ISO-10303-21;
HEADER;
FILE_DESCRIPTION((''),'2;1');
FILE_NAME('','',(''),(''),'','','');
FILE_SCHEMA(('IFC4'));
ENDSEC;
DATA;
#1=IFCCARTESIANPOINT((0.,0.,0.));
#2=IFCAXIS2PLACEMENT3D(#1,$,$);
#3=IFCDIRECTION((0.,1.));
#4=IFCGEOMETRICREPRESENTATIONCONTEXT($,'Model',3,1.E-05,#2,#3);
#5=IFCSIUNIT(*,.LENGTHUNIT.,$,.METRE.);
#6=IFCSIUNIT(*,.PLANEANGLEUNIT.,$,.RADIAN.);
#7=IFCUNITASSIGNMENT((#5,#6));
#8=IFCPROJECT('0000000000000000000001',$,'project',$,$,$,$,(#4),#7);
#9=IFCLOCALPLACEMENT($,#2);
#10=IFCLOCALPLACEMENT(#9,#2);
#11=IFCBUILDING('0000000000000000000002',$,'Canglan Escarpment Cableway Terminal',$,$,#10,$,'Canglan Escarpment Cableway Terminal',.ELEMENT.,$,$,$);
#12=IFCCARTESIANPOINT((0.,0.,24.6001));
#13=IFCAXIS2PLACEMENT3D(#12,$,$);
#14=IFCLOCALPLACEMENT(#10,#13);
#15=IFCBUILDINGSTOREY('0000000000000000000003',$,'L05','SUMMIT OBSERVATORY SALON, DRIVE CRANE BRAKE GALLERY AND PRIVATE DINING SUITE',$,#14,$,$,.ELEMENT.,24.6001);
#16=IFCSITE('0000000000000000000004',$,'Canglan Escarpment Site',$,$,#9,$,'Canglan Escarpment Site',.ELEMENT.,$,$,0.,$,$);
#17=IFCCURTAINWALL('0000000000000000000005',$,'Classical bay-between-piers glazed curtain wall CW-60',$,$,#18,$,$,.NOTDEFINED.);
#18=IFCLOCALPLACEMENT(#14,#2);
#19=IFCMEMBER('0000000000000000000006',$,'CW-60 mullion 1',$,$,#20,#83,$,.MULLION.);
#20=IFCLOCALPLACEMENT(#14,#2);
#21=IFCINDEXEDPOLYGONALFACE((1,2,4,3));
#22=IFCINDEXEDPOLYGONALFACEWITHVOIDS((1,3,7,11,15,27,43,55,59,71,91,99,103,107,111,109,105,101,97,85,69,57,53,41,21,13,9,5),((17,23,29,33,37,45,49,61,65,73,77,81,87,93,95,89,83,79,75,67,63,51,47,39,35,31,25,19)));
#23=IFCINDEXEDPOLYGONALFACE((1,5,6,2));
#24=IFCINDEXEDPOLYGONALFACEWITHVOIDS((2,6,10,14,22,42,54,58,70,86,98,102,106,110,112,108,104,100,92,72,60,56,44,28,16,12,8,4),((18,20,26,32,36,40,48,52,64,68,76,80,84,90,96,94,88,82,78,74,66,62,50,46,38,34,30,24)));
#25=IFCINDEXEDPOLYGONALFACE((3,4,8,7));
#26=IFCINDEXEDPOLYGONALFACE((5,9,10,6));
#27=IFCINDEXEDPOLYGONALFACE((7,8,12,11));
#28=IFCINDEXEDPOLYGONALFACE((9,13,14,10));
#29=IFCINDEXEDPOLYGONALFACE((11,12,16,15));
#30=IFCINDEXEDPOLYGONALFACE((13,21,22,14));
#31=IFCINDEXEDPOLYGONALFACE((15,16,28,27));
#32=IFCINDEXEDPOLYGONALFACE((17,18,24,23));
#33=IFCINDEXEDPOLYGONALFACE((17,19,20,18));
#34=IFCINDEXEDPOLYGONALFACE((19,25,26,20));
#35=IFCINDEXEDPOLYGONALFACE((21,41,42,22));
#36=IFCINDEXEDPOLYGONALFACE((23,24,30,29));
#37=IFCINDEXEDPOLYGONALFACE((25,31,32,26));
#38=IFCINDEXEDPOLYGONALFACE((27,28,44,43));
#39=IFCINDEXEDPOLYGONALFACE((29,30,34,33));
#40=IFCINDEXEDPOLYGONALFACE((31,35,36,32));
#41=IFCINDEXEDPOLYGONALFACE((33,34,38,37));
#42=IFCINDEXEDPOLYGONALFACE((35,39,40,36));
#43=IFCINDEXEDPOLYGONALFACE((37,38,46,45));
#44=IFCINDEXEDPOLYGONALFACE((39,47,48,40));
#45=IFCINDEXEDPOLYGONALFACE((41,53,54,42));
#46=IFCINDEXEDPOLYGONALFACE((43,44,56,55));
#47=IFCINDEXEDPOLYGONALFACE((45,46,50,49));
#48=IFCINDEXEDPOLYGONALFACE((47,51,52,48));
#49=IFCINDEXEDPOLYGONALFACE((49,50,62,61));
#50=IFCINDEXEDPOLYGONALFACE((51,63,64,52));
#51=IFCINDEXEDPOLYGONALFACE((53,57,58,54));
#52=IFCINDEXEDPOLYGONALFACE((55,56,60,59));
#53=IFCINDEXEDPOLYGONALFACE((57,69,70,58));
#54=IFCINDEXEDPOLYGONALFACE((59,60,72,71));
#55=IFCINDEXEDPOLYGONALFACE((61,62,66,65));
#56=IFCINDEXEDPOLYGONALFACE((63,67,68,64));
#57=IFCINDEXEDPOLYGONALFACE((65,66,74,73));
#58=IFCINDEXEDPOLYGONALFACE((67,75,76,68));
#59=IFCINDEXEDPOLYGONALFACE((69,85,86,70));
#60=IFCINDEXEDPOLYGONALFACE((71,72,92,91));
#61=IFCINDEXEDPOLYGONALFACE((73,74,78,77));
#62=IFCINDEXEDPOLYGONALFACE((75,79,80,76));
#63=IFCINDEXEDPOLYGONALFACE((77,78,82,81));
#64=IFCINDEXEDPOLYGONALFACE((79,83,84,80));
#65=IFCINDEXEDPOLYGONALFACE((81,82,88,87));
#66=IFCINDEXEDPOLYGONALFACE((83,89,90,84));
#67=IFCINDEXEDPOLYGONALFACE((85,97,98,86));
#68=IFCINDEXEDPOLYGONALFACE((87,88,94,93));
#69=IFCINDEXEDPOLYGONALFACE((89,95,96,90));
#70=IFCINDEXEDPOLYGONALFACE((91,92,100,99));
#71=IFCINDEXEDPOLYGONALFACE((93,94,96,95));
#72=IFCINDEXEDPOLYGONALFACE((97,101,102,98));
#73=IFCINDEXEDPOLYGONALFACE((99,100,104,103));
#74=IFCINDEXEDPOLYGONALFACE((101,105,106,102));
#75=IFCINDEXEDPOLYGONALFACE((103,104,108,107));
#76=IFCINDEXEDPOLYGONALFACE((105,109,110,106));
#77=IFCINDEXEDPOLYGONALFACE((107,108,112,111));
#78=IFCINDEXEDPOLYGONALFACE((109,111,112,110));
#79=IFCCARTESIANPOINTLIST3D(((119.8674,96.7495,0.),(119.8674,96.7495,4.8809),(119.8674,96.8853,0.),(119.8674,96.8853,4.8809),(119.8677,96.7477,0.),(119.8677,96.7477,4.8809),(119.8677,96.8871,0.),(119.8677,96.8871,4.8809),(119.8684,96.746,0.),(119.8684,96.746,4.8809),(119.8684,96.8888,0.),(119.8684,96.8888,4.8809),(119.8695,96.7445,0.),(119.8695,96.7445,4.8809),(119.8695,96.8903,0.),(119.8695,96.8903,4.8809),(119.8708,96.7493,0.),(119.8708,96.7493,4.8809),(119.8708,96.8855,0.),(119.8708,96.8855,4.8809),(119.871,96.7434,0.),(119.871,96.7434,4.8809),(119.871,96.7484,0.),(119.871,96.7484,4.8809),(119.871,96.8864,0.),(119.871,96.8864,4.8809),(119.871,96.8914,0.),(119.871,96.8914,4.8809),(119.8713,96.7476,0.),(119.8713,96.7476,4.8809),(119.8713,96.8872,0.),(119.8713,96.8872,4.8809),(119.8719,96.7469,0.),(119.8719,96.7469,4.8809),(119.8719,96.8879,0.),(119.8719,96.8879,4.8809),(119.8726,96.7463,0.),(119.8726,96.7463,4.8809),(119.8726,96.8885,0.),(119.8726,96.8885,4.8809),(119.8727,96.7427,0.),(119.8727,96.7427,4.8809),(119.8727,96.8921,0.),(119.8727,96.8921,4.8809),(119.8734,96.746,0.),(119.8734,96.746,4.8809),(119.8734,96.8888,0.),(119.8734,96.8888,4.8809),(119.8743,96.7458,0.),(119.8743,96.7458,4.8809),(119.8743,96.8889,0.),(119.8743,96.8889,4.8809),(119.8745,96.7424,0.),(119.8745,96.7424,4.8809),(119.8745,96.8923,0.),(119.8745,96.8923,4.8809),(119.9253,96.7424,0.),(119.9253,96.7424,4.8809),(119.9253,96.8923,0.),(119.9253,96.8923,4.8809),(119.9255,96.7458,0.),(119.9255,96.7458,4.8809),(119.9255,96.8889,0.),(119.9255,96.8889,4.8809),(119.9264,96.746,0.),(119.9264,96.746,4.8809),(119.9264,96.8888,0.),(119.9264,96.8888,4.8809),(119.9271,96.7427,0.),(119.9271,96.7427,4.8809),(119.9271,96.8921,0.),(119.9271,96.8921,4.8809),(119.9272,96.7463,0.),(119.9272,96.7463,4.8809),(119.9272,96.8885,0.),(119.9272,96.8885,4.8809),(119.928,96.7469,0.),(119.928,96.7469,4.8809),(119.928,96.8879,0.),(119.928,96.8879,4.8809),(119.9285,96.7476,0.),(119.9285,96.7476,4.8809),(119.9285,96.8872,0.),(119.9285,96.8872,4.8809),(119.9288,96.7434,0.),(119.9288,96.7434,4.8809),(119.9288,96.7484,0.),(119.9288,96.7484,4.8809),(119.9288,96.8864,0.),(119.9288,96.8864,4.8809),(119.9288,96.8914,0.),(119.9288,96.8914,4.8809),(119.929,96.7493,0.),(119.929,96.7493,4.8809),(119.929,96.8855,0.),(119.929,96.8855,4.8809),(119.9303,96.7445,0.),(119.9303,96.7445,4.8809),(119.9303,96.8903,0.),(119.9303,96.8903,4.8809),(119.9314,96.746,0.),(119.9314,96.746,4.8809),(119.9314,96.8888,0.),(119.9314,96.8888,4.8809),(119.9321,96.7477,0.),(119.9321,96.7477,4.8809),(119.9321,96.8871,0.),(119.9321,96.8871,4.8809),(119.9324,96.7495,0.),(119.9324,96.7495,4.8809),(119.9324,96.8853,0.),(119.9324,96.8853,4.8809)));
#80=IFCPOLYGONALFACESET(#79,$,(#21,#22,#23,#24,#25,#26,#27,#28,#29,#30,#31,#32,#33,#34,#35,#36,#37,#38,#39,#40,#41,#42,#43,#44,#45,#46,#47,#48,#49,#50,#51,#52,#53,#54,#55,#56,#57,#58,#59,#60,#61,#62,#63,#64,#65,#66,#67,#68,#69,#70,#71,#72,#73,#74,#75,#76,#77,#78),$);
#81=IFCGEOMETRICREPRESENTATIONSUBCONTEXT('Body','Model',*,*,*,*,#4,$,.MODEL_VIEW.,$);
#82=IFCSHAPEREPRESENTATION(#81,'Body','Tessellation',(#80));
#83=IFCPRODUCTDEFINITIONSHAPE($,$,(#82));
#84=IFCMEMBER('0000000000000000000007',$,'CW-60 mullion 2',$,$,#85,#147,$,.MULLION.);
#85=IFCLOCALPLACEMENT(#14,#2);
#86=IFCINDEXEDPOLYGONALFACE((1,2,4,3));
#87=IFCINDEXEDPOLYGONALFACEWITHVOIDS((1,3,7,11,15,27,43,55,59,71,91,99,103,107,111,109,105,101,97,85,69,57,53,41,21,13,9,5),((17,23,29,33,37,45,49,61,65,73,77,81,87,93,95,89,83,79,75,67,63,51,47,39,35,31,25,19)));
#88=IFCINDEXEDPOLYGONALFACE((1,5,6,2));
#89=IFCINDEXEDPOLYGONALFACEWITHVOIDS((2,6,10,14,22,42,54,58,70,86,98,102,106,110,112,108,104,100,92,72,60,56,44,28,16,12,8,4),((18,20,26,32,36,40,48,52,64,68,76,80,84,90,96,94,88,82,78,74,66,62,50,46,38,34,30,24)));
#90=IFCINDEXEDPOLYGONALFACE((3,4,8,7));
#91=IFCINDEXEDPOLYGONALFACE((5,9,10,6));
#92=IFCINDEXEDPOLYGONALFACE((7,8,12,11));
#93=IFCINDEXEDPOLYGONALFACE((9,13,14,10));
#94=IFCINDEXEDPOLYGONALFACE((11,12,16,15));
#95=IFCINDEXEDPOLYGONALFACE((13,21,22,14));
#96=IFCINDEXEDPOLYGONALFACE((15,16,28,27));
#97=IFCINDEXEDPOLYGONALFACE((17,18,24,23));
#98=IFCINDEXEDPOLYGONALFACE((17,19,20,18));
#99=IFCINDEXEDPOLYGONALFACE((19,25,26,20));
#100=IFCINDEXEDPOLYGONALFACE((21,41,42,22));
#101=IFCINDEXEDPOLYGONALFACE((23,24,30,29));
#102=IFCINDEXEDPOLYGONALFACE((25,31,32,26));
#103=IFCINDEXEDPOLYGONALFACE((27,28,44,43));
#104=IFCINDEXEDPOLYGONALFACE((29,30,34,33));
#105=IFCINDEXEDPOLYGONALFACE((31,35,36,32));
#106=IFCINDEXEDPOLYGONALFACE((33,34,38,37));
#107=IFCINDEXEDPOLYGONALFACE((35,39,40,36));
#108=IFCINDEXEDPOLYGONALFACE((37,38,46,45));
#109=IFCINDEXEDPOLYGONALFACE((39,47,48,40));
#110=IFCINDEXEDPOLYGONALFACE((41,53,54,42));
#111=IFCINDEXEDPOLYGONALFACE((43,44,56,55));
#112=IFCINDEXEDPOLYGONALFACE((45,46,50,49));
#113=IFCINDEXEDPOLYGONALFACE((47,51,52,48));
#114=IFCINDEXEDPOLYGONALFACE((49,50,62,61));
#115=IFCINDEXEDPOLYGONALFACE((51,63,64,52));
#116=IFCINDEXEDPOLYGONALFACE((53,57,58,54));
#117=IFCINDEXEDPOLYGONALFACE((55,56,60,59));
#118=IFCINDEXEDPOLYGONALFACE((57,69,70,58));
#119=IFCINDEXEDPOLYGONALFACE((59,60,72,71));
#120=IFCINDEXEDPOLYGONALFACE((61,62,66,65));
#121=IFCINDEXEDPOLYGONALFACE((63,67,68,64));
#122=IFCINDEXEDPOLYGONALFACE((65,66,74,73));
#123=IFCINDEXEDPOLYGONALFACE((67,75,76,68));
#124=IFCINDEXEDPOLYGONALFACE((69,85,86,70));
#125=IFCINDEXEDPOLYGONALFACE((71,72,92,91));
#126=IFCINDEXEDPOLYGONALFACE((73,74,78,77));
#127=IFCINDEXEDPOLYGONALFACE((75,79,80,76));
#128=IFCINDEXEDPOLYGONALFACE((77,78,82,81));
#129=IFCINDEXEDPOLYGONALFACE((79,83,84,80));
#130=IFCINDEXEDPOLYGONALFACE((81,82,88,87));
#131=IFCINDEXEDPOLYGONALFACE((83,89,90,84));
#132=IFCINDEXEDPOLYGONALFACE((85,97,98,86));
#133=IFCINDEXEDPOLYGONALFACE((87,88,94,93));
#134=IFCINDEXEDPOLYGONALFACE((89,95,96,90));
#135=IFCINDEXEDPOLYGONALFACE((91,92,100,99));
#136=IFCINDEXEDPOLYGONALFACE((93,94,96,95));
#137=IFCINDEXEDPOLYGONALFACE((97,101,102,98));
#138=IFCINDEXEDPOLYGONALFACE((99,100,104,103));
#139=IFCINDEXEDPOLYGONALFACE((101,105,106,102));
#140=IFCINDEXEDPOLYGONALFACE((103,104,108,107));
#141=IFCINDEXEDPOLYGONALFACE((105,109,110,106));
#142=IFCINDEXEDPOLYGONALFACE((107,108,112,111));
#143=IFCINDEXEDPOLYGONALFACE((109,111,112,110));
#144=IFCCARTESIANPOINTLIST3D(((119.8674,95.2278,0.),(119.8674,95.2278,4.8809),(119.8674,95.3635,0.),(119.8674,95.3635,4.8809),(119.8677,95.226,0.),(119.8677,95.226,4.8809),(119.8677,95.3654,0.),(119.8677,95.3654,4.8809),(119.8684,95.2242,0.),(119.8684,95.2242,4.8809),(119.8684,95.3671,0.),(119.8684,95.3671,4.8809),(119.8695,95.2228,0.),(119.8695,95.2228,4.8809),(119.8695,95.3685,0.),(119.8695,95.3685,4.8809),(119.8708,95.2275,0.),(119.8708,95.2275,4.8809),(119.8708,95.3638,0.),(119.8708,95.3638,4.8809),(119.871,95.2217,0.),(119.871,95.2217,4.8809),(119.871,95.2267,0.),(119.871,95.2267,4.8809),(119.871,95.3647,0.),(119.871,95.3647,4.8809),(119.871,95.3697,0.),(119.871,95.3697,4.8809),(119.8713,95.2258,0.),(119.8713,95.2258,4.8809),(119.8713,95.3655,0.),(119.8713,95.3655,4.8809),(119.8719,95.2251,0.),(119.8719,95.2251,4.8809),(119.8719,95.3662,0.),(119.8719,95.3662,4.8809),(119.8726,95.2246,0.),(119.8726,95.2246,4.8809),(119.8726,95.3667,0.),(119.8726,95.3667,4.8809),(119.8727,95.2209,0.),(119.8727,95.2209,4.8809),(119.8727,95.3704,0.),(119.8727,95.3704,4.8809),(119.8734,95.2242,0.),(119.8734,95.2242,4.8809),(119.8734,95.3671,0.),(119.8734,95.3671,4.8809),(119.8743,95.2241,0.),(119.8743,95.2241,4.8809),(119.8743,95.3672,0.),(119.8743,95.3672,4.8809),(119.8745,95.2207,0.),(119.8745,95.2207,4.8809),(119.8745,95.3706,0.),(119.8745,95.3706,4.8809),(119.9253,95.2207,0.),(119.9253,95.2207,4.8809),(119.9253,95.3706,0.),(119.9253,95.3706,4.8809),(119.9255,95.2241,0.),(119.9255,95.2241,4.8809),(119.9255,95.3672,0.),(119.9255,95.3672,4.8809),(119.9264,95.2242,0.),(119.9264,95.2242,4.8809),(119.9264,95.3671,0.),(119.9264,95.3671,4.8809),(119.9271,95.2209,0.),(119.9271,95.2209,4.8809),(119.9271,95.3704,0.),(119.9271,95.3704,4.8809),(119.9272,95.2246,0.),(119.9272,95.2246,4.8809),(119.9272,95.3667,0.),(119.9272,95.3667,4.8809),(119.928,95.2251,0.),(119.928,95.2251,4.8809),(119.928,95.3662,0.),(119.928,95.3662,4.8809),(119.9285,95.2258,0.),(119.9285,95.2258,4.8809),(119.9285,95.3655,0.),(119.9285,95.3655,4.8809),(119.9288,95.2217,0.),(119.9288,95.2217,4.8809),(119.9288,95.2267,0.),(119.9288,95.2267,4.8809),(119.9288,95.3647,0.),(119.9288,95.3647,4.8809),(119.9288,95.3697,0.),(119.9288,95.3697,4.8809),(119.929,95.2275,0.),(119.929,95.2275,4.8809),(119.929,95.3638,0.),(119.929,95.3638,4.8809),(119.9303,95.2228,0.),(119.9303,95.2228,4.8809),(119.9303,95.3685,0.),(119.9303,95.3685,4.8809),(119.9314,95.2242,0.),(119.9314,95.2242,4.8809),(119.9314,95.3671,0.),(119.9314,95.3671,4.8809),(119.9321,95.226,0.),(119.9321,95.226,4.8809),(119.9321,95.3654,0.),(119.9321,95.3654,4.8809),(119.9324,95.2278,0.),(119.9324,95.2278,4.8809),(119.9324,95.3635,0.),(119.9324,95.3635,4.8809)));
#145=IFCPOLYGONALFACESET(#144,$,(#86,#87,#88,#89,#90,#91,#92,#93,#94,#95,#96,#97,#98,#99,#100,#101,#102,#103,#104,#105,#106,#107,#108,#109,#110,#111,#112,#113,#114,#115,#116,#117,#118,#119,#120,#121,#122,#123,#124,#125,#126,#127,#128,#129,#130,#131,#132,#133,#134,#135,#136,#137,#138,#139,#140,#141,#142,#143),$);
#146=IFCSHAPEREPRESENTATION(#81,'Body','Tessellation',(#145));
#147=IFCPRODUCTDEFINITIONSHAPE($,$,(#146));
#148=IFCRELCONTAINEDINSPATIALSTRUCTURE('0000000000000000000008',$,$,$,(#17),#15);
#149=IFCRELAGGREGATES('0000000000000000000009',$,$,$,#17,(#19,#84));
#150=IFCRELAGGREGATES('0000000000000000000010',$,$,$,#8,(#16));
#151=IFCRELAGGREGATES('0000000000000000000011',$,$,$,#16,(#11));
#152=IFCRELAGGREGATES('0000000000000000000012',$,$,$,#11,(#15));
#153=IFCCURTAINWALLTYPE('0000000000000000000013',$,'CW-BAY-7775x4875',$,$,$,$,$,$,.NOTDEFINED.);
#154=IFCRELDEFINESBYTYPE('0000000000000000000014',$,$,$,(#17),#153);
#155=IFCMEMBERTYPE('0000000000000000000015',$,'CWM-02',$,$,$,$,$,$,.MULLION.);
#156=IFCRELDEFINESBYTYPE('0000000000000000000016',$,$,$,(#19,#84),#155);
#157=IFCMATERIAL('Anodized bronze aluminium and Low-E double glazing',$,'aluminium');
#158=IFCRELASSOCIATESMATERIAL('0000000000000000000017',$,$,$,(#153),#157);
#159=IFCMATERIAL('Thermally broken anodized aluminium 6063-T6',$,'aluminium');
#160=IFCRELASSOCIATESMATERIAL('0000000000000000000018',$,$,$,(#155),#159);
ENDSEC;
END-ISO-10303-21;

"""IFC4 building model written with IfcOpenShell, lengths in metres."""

from ifc_helpers import new_model, si_unit, direction, frame, origin, origin_2d, place, context, subcontext, project, spatial, hollow_rectangle, extrude, material, material_profile, profile_set, type_object, element, aggregate, save


model = new_model("IFC4")

# Units and contexts
model_context = context("Model", 3, precision=1e-05, world=origin(), true_north=direction((0.0, 1.0)))
body_context = subcontext(model_context, "Body", "Model", "MODEL_VIEW")
ifc_project = project(units=[si_unit("LENGTHUNIT", "METRE"), si_unit("PLANEANGLEUNIT", "RADIAN")], contexts=[model_context])

# Site, building, storey
site_placement = place(None, origin())
site = spatial("IfcSite", under=ifc_project, at=site_placement, Name="Canglan Escarpment Site", LongName="Canglan Escarpment Site", CompositionType="ELEMENT", RefElevation=0.0)
building_placement = place(site_placement, origin())
building = spatial("IfcBuilding", under=site, at=building_placement, Name="Canglan Escarpment Cableway Terminal", LongName="Canglan Escarpment Cableway Terminal", CompositionType="ELEMENT")
storey_placement = place(building_placement, frame((0.0, 0.0, 24.6001)))
storey = spatial("IfcBuildingStorey", under=building, at=storey_placement, Name="L05", Description="SUMMIT OBSERVATORY SALON, DRIVE CRANE BRAKE GALLERY AND PRIVATE DINING SUITE", CompositionType="ELEMENT", Elevation=24.6001)

# Curtain wall, members
ifc_material_1 = material(Name="Anodized bronze aluminium and Low-E double glazing", Category="aluminium")
curtain_wall_type = type_object("IfcCurtainWallType", Name="CW-BAY-7775x4875", PredefinedType="NOTDEFINED", material=ifc_material_1)
curtain_wall_placement = place(storey_placement, origin())
curtain_wall = element("IfcCurtainWall", 1, at=curtain_wall_placement, inside=storey, type_object=curtain_wall_type, Name="Classical bay-between-piers glazed curtain wall CW-60", PredefinedType="NOTDEFINED")
ifc_material_2 = material(Name="Thermally broken anodized aluminium 6063-T6", Category="aluminium")
ifc_material_profile_1 = material_profile(ifc_material_2, hollow_rectangle(XDim=0.0649, YDim=0.1499, WallThickness=0.0034, InnerFilletRadius=0.0034, OuterFilletRadius=0.0071, at=origin_2d()), Name="ALU-MULL 65x150x3.5")
ifc_profile_set_1 = profile_set([ifc_material_profile_1], Name="Thermally broken anodized aluminium 6063-T6")
member_type = type_object("IfcMemberType", Name="CWM-02", PredefinedType="MULLION", material=ifc_profile_set_1)
member_1_placement = place(storey_placement, frame((119.8999, 96.8174, 0.0), z_axis=(0.0, 0.0, 1.0), x_axis=(1.0, 0.0, 0.0)))
member_1 = element("IfcMember", 2, at=member_1_placement, type_object=member_type, Name="CW-60 mullion 1", PredefinedType="MULLION", context=body_context, shape_type="SweptSolid", body=[
    extrude(hollow_rectangle(XDim=0.0649, YDim=0.1499, WallThickness=0.0034, InnerFilletRadius=0.0034, OuterFilletRadius=0.0071, at=origin_2d()), origin(), (0.0, 0.0, 1.0), 4.8809),
])
member_2_placement = place(storey_placement, frame((119.8999, 95.2957, 0.0), z_axis=(0.0, 0.0, 1.0), x_axis=(1.0, 0.0, 0.0)))
member_2 = element("IfcMember", 3, at=member_2_placement, type_object=member_type, Name="CW-60 mullion 2", PredefinedType="MULLION", context=body_context, shape_type="SweptSolid", body=[
    extrude(hollow_rectangle(XDim=0.0649, YDim=0.1499, WallThickness=0.0034, InnerFilletRadius=0.0034, OuterFilletRadius=0.0071, at=origin_2d()), origin(), (0.0, 0.0, 1.0), 4.8809),
])
aggregate(curtain_wall, [member_1, member_2])

save(model, "model.ifc")
